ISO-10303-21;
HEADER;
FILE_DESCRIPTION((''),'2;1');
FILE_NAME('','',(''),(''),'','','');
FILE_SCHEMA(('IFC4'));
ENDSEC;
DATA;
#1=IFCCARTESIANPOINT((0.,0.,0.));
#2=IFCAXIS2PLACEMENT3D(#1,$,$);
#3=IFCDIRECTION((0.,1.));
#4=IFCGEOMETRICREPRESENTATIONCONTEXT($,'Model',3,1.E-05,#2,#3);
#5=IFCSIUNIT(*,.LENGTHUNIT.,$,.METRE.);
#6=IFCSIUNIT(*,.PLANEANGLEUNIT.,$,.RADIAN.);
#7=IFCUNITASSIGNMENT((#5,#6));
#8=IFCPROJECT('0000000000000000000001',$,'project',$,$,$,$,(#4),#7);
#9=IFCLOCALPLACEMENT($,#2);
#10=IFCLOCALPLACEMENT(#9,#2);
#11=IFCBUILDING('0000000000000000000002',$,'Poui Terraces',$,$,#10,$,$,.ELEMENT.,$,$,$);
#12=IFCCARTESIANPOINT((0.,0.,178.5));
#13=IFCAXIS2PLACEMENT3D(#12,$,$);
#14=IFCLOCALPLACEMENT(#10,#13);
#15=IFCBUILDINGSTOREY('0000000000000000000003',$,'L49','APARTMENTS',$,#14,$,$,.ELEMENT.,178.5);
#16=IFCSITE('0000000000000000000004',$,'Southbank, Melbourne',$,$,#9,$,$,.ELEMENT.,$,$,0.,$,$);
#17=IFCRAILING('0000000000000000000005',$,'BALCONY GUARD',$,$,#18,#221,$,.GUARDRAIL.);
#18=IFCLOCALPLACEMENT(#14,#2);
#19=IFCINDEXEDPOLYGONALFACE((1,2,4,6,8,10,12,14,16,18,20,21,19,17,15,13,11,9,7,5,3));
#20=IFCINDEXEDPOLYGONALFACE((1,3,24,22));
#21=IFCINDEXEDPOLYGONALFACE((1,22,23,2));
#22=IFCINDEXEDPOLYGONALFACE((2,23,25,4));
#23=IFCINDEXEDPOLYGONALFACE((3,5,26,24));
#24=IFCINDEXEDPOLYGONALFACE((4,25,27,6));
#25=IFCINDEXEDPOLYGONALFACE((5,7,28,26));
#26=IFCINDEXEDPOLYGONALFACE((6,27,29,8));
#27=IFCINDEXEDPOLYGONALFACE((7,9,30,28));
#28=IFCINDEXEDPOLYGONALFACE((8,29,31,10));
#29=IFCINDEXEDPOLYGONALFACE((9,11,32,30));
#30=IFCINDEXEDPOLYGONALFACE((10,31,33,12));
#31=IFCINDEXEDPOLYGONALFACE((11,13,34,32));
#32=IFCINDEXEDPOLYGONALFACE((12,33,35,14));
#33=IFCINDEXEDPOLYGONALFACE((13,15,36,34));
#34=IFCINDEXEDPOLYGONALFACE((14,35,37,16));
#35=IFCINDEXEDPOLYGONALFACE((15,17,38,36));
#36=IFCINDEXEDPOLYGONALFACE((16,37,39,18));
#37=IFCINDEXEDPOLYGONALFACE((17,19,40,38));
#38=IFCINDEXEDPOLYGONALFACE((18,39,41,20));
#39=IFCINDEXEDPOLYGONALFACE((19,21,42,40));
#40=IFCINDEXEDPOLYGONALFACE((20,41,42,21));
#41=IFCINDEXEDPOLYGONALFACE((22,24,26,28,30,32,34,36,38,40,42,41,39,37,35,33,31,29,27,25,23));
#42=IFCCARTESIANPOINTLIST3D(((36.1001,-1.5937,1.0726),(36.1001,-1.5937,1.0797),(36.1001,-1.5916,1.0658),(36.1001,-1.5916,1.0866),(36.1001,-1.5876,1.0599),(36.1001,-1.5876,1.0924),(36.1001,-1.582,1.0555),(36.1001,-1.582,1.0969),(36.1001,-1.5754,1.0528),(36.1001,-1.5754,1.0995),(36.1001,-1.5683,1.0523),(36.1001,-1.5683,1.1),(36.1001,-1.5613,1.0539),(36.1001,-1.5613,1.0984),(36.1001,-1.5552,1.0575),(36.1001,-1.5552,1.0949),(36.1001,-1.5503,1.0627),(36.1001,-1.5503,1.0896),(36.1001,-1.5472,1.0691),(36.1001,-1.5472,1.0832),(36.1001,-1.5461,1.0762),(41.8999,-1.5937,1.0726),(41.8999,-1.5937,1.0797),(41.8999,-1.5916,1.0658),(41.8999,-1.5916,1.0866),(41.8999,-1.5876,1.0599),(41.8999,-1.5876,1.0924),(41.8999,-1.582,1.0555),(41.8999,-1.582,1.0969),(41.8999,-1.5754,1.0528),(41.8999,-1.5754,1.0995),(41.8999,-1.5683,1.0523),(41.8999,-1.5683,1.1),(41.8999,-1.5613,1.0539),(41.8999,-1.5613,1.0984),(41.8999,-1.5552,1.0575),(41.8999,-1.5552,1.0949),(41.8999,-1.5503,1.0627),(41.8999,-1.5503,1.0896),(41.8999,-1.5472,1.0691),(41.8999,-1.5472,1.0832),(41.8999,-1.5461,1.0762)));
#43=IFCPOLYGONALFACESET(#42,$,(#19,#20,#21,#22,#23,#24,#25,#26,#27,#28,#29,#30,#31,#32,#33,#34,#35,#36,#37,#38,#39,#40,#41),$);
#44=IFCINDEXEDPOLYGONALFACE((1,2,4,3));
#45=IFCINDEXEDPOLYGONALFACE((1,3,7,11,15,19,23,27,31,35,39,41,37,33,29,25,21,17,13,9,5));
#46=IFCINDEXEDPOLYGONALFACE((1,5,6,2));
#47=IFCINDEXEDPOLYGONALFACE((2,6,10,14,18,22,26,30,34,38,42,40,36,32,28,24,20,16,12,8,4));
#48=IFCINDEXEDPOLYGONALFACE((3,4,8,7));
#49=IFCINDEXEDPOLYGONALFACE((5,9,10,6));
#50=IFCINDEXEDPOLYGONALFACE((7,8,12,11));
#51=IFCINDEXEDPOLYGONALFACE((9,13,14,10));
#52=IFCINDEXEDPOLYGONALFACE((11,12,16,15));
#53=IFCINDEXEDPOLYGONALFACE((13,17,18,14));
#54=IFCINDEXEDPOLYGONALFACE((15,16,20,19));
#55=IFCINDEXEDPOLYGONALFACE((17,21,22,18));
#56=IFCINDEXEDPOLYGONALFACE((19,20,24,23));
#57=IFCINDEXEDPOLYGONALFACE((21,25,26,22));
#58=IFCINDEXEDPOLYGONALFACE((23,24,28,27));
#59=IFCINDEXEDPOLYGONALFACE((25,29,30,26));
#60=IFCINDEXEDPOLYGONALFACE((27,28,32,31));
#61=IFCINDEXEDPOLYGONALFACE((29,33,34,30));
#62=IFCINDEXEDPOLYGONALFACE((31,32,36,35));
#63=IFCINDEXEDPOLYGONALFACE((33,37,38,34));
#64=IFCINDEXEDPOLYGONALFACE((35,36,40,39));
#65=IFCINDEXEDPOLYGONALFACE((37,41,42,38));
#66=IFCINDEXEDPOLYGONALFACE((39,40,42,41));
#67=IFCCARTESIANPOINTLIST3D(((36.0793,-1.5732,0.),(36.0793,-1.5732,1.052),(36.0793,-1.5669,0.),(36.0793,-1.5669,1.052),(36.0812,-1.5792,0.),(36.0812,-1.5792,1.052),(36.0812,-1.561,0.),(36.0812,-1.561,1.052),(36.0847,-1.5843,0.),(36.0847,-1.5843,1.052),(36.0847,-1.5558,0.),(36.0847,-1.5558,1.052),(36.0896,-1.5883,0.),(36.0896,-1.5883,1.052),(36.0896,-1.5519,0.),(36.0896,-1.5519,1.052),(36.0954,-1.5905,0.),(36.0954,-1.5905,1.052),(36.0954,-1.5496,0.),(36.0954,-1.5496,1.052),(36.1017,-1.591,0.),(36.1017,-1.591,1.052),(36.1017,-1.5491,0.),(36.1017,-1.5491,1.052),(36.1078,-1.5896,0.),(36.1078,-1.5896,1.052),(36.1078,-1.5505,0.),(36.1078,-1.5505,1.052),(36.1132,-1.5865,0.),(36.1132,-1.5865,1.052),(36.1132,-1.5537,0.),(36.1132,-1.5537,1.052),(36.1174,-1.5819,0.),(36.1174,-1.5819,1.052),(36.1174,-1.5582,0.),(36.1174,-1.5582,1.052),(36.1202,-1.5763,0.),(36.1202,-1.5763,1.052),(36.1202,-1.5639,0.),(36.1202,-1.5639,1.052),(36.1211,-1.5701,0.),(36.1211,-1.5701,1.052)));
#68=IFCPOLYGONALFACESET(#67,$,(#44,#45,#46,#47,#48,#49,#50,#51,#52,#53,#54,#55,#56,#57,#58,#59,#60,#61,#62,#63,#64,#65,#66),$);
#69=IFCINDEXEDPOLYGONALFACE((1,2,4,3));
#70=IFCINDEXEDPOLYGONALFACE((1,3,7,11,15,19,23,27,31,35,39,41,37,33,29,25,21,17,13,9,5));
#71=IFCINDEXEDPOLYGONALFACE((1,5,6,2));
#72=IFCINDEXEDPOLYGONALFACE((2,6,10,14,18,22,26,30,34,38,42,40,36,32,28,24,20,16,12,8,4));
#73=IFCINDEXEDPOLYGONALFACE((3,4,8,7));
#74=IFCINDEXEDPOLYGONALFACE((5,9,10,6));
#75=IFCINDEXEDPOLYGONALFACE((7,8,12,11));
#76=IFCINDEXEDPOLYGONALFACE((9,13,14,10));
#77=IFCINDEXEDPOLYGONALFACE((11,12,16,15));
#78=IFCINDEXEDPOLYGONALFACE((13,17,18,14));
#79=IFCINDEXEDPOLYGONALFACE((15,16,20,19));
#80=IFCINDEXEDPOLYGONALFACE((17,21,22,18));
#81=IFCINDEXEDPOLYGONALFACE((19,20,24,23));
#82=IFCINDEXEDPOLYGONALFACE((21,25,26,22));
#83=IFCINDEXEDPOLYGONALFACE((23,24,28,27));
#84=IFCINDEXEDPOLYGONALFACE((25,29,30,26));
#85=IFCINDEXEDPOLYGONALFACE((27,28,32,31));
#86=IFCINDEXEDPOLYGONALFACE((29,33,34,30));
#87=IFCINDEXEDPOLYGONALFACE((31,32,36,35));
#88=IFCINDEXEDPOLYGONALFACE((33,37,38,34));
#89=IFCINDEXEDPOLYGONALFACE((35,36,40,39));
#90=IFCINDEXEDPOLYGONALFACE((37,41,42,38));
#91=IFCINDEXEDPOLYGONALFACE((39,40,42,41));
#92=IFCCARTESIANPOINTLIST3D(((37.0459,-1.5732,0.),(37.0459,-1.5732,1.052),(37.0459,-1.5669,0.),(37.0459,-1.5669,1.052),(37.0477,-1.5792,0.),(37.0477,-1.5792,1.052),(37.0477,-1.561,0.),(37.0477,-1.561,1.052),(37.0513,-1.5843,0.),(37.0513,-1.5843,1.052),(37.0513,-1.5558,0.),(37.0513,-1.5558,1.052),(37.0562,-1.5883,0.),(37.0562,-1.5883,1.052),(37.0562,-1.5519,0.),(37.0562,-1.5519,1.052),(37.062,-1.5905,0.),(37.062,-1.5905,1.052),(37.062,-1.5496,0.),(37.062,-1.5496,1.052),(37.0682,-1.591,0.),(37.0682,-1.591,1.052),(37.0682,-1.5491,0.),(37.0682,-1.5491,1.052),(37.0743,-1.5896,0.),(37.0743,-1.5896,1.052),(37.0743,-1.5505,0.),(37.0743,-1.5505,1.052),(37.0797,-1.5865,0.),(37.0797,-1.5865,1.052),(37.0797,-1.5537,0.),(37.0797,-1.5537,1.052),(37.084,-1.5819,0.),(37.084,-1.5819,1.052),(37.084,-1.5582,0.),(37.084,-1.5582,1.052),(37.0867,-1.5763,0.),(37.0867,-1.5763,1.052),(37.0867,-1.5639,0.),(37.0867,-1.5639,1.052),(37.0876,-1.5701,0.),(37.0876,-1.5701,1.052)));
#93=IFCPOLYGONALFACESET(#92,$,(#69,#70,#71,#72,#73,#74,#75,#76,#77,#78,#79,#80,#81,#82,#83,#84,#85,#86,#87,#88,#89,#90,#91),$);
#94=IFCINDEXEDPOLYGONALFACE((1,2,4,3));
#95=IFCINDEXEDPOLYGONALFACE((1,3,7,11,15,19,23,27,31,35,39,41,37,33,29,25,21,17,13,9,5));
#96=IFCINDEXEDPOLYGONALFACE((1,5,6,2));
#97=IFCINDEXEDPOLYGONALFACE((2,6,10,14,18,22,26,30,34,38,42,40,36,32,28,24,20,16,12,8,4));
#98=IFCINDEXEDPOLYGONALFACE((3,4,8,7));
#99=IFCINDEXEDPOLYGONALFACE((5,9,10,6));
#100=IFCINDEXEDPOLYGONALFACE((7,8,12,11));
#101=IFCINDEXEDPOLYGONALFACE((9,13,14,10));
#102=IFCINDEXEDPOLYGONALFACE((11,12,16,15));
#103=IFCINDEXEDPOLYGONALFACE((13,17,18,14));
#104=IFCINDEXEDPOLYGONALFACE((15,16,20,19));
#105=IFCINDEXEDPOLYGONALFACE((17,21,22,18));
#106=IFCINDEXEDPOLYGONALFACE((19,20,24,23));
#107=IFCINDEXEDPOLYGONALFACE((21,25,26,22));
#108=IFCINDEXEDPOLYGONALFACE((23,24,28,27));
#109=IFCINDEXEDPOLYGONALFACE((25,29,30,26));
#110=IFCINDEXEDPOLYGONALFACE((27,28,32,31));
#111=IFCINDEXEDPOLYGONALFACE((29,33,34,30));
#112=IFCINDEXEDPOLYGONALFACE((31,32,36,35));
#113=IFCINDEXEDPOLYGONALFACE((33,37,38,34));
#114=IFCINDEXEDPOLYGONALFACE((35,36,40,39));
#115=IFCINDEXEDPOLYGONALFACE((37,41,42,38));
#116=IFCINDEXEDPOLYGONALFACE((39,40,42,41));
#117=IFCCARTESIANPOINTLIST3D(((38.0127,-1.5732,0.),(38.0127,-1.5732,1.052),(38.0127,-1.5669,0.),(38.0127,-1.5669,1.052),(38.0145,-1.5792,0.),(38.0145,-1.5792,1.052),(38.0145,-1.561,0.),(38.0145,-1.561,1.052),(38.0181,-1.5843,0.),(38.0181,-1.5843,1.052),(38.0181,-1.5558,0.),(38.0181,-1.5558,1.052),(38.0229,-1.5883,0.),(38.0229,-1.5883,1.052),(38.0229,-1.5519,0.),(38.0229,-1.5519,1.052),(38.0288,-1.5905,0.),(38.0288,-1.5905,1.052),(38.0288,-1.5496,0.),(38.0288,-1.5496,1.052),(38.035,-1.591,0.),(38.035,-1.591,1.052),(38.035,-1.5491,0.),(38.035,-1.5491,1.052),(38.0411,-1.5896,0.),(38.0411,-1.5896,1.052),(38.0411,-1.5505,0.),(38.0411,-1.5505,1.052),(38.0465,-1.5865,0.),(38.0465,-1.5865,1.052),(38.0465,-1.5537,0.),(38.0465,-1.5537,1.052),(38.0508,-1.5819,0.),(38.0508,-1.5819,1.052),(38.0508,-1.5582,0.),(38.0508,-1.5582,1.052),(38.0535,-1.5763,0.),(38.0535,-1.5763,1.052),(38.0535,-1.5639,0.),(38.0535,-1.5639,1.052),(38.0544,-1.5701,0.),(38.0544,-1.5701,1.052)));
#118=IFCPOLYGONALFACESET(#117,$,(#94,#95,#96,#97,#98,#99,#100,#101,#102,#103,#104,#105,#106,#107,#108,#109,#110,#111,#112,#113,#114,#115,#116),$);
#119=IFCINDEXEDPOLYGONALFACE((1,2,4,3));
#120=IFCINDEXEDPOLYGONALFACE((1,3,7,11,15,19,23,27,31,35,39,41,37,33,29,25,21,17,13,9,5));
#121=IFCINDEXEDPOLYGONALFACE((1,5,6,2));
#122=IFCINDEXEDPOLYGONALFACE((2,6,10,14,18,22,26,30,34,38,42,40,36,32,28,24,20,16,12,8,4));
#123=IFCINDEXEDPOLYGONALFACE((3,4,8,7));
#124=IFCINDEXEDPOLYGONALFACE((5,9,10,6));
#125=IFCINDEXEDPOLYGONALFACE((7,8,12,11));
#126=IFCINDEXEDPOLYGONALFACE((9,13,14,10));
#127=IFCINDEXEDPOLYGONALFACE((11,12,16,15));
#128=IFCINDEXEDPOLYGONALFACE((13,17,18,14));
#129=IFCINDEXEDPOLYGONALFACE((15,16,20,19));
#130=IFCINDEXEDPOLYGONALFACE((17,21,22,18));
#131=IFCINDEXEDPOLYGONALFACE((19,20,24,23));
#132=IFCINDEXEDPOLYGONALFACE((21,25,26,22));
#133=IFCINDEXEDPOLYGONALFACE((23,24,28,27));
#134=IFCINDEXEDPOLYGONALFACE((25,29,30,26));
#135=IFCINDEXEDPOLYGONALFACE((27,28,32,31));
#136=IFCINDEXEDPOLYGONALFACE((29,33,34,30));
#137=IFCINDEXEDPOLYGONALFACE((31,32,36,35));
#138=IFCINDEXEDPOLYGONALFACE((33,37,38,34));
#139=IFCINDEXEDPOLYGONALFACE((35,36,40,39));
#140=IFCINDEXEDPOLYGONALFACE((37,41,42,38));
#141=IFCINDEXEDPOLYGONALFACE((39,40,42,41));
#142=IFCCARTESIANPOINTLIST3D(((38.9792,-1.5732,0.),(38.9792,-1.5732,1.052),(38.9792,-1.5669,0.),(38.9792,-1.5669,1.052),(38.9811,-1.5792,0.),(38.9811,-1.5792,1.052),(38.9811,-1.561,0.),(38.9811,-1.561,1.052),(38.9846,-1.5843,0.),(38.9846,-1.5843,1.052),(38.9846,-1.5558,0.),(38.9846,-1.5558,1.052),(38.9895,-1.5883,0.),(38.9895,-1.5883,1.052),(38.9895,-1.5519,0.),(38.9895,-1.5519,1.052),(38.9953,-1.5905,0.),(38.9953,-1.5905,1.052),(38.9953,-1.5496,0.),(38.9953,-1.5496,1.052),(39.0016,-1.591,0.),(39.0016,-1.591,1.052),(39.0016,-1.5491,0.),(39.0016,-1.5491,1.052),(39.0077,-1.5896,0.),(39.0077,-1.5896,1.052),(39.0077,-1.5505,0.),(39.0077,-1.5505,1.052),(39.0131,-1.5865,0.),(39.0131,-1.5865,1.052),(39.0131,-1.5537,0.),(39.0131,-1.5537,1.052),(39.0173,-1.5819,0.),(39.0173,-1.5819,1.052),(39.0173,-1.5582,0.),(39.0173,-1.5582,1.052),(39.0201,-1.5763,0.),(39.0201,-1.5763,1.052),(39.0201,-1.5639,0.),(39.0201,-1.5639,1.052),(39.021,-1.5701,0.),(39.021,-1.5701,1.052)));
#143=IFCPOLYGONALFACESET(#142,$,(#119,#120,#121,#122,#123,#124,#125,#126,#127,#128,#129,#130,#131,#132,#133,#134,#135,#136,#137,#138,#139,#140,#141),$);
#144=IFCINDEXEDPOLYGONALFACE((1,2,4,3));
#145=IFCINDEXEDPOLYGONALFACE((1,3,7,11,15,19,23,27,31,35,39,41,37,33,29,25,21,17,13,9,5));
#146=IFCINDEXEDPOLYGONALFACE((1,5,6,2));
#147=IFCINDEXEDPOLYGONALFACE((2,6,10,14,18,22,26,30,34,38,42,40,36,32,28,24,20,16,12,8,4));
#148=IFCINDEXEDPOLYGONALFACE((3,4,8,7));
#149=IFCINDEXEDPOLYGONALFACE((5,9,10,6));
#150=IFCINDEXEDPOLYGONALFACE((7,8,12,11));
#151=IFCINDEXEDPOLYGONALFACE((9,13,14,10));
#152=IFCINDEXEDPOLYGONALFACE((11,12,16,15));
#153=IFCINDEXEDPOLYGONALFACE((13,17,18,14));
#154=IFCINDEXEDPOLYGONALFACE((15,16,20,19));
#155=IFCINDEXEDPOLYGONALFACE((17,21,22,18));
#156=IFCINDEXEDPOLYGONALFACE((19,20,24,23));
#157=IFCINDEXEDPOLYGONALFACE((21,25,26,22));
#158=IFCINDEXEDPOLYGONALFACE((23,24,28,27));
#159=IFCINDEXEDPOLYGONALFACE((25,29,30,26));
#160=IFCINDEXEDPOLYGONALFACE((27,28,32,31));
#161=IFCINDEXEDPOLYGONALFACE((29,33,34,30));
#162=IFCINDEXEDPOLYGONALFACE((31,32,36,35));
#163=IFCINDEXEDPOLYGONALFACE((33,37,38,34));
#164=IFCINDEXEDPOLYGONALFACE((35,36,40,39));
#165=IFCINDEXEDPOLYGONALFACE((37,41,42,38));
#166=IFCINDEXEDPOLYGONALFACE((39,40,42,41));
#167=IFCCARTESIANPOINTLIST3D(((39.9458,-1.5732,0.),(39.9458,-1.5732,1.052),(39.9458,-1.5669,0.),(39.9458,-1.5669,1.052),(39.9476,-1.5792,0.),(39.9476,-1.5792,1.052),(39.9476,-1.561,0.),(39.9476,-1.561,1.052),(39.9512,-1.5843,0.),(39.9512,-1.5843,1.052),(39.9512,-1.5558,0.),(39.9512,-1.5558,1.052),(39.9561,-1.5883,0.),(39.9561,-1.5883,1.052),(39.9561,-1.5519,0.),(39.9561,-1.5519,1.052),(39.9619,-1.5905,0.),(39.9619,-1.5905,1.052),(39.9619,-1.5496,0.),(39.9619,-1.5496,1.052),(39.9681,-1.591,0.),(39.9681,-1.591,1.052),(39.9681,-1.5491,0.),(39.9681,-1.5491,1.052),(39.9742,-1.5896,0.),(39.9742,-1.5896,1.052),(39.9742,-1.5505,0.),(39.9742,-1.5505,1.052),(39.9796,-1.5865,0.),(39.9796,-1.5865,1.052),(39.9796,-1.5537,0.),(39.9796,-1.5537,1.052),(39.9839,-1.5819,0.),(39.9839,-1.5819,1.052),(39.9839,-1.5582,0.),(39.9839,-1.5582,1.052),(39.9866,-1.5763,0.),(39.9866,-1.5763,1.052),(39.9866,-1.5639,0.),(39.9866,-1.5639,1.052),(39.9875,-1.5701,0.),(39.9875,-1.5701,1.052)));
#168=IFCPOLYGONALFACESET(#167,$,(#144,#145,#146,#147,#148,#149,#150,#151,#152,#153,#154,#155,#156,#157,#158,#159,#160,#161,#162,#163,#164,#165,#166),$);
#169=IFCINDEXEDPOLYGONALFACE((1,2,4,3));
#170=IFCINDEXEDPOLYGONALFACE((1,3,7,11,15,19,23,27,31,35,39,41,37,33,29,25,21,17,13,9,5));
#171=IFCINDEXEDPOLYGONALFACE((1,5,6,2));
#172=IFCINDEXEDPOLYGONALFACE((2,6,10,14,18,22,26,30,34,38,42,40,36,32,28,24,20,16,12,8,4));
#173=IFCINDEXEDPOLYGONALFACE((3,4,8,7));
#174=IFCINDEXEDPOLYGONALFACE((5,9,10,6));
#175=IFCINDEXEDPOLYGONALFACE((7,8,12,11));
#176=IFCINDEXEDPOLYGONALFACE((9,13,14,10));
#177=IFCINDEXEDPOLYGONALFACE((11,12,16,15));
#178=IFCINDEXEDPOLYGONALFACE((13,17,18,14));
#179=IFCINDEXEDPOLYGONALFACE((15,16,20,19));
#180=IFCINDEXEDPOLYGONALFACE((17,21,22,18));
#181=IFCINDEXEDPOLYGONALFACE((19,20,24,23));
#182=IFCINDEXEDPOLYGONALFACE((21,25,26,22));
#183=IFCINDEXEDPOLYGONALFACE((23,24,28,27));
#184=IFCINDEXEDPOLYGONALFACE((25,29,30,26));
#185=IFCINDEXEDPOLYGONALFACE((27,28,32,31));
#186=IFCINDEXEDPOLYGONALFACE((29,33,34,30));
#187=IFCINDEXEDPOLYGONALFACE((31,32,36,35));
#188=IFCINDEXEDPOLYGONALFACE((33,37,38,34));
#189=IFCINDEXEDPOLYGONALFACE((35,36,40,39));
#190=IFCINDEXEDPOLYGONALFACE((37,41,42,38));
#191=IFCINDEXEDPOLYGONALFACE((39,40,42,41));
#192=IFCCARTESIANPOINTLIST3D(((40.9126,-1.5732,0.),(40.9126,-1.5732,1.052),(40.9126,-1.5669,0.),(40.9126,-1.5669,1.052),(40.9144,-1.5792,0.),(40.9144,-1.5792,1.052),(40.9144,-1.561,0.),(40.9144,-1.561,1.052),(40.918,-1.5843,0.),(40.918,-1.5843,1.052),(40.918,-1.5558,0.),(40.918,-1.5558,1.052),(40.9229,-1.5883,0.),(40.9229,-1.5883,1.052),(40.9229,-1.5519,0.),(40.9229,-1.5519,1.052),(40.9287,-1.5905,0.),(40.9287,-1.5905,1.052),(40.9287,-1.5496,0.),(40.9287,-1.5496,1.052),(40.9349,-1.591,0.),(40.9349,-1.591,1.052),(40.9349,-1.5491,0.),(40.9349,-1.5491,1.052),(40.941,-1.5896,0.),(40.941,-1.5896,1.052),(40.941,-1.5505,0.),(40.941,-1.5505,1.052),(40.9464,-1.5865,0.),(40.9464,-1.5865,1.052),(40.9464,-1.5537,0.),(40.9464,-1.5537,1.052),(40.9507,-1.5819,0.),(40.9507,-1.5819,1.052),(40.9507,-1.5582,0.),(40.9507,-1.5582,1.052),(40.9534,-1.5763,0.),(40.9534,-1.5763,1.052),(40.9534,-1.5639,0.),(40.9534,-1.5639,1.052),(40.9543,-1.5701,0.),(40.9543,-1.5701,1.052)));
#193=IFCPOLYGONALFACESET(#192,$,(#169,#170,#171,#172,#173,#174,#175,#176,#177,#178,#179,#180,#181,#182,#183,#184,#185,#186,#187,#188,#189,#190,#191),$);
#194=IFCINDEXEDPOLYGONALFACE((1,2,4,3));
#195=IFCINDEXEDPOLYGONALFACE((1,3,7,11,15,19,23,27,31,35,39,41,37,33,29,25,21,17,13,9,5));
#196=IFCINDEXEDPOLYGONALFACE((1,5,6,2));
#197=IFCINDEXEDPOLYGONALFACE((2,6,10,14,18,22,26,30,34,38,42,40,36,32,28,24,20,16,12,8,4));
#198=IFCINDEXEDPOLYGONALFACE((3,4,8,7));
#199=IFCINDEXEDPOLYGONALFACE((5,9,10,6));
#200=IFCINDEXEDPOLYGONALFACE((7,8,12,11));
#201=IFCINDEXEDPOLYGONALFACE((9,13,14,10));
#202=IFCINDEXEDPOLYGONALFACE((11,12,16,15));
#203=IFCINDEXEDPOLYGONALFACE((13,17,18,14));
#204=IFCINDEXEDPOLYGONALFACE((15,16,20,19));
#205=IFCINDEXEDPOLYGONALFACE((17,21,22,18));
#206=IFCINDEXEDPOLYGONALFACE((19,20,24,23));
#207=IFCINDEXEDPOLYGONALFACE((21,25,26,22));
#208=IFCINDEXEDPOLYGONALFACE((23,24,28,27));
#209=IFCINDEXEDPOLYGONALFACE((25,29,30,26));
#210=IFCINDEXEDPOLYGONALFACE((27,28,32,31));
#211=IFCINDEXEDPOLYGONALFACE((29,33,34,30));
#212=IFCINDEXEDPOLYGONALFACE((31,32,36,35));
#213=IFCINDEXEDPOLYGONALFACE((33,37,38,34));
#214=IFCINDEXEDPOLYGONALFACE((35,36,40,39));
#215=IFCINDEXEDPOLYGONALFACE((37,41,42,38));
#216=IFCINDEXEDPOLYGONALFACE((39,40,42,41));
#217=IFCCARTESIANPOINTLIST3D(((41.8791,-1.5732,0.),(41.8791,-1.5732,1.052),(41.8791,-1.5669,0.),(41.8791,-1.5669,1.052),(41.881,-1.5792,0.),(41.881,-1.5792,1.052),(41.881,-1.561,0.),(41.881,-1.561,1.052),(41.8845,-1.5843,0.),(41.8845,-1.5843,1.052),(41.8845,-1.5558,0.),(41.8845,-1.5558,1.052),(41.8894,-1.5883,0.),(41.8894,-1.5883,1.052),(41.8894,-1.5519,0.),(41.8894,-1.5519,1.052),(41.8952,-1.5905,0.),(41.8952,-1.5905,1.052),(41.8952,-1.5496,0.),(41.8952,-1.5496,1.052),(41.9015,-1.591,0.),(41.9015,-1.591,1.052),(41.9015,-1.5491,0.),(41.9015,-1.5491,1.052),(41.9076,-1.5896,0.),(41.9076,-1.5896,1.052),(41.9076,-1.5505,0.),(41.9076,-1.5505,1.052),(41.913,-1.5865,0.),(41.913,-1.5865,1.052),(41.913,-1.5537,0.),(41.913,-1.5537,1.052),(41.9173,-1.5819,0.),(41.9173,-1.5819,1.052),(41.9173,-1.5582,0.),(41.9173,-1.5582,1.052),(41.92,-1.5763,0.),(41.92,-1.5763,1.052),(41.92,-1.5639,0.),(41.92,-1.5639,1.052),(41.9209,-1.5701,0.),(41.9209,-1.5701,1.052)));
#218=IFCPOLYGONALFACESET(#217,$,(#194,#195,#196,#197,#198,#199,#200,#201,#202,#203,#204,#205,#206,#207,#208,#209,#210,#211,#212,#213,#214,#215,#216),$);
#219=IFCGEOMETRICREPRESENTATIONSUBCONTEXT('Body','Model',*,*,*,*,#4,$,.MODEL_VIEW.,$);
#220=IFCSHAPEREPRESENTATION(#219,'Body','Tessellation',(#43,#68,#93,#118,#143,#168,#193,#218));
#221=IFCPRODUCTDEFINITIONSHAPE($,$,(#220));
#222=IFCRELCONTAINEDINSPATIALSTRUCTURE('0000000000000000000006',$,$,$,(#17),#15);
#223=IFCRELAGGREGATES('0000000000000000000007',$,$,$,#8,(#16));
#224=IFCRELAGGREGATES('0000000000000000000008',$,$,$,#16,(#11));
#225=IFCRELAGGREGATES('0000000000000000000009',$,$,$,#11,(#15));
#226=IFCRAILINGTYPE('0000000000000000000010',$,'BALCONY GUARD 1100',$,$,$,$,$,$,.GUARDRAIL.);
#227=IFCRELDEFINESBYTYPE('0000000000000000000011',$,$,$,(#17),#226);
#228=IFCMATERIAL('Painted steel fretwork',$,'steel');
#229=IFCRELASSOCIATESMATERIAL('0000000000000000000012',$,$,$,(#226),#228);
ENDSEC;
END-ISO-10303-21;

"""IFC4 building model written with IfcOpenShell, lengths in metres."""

from ifc_helpers import new_model, si_unit, direction, frame, origin, origin_2d, place, context, subcontext, project, spatial, circle, extrude, material, type_object, element, save


model = new_model("IFC4")

# Units and contexts
model_context = context("Model", 3, precision=1e-05, world=origin(), true_north=direction((0.0, 1.0)))
body_context = subcontext(model_context, "Body", "Model", "MODEL_VIEW")
ifc_project = project(units=[si_unit("LENGTHUNIT", "METRE"), si_unit("PLANEANGLEUNIT", "RADIAN")], contexts=[model_context])

# Site, building, storey
site_placement = place(None, origin())
site = spatial("IfcSite", under=ifc_project, at=site_placement, Name="Southbank, Melbourne", CompositionType="ELEMENT", RefElevation=0.0)
building_placement = place(site_placement, origin())
building = spatial("IfcBuilding", under=site, at=building_placement, Name="Poui Terraces", CompositionType="ELEMENT")
storey_placement = place(building_placement, frame((0.0, 0.0, 178.5)))
storey = spatial("IfcBuildingStorey", under=building, at=storey_placement, Name="L49", Description="APARTMENTS", CompositionType="ELEMENT", Elevation=178.5)

# Railing
ifc_material_1 = material(Name="Painted steel fretwork", Category="steel")
railing_type = type_object("IfcRailingType", Name="BALCONY GUARD 1100", PredefinedType="GUARDRAIL", material=ifc_material_1)
railing_placement = place(storey_placement, frame((36.1001, -1.5701, 0.0)))
element("IfcRailing", 1, at=railing_placement, inside=storey, type_object=railing_type, Name="BALCONY GUARD", PredefinedType="GUARDRAIL", context=body_context, shape_type="SweptSolid", body=[
    extrude(circle(Radius=0.0239, at=origin_2d()), frame((0.0, 0.0, 1.0762), z_axis=(1.0, 0.0, 0.0), x_axis=(0.0, 1.0, 0.0)), (0.0, 0.0, 1.0), 5.7998),
    extrude(circle(Radius=0.021, at=origin_2d()), origin(), (0.0, 0.0, 1.0), 1.052),
    extrude(circle(Radius=0.021, at=origin_2d()), frame((0.9666, 0.0, 0.0)), (0.0, 0.0, 1.0), 1.052),
    extrude(circle(Radius=0.021, at=origin_2d()), frame((1.9333, 0.0, 0.0)), (0.0, 0.0, 1.0), 1.052),
    extrude(circle(Radius=0.021, at=origin_2d()), frame((2.8999, 0.0, 0.0)), (0.0, 0.0, 1.0), 1.052),
    extrude(circle(Radius=0.021, at=origin_2d()), frame((3.8665, 0.0, 0.0)), (0.0, 0.0, 1.0), 1.052),
    extrude(circle(Radius=0.021, at=origin_2d()), frame((4.8333, 0.0, 0.0)), (0.0, 0.0, 1.0), 1.052),
    extrude(circle(Radius=0.021, at=origin_2d()), frame((5.7998, 0.0, 0.0)), (0.0, 0.0, 1.0), 1.052),
])

save(model, "model.ifc")
